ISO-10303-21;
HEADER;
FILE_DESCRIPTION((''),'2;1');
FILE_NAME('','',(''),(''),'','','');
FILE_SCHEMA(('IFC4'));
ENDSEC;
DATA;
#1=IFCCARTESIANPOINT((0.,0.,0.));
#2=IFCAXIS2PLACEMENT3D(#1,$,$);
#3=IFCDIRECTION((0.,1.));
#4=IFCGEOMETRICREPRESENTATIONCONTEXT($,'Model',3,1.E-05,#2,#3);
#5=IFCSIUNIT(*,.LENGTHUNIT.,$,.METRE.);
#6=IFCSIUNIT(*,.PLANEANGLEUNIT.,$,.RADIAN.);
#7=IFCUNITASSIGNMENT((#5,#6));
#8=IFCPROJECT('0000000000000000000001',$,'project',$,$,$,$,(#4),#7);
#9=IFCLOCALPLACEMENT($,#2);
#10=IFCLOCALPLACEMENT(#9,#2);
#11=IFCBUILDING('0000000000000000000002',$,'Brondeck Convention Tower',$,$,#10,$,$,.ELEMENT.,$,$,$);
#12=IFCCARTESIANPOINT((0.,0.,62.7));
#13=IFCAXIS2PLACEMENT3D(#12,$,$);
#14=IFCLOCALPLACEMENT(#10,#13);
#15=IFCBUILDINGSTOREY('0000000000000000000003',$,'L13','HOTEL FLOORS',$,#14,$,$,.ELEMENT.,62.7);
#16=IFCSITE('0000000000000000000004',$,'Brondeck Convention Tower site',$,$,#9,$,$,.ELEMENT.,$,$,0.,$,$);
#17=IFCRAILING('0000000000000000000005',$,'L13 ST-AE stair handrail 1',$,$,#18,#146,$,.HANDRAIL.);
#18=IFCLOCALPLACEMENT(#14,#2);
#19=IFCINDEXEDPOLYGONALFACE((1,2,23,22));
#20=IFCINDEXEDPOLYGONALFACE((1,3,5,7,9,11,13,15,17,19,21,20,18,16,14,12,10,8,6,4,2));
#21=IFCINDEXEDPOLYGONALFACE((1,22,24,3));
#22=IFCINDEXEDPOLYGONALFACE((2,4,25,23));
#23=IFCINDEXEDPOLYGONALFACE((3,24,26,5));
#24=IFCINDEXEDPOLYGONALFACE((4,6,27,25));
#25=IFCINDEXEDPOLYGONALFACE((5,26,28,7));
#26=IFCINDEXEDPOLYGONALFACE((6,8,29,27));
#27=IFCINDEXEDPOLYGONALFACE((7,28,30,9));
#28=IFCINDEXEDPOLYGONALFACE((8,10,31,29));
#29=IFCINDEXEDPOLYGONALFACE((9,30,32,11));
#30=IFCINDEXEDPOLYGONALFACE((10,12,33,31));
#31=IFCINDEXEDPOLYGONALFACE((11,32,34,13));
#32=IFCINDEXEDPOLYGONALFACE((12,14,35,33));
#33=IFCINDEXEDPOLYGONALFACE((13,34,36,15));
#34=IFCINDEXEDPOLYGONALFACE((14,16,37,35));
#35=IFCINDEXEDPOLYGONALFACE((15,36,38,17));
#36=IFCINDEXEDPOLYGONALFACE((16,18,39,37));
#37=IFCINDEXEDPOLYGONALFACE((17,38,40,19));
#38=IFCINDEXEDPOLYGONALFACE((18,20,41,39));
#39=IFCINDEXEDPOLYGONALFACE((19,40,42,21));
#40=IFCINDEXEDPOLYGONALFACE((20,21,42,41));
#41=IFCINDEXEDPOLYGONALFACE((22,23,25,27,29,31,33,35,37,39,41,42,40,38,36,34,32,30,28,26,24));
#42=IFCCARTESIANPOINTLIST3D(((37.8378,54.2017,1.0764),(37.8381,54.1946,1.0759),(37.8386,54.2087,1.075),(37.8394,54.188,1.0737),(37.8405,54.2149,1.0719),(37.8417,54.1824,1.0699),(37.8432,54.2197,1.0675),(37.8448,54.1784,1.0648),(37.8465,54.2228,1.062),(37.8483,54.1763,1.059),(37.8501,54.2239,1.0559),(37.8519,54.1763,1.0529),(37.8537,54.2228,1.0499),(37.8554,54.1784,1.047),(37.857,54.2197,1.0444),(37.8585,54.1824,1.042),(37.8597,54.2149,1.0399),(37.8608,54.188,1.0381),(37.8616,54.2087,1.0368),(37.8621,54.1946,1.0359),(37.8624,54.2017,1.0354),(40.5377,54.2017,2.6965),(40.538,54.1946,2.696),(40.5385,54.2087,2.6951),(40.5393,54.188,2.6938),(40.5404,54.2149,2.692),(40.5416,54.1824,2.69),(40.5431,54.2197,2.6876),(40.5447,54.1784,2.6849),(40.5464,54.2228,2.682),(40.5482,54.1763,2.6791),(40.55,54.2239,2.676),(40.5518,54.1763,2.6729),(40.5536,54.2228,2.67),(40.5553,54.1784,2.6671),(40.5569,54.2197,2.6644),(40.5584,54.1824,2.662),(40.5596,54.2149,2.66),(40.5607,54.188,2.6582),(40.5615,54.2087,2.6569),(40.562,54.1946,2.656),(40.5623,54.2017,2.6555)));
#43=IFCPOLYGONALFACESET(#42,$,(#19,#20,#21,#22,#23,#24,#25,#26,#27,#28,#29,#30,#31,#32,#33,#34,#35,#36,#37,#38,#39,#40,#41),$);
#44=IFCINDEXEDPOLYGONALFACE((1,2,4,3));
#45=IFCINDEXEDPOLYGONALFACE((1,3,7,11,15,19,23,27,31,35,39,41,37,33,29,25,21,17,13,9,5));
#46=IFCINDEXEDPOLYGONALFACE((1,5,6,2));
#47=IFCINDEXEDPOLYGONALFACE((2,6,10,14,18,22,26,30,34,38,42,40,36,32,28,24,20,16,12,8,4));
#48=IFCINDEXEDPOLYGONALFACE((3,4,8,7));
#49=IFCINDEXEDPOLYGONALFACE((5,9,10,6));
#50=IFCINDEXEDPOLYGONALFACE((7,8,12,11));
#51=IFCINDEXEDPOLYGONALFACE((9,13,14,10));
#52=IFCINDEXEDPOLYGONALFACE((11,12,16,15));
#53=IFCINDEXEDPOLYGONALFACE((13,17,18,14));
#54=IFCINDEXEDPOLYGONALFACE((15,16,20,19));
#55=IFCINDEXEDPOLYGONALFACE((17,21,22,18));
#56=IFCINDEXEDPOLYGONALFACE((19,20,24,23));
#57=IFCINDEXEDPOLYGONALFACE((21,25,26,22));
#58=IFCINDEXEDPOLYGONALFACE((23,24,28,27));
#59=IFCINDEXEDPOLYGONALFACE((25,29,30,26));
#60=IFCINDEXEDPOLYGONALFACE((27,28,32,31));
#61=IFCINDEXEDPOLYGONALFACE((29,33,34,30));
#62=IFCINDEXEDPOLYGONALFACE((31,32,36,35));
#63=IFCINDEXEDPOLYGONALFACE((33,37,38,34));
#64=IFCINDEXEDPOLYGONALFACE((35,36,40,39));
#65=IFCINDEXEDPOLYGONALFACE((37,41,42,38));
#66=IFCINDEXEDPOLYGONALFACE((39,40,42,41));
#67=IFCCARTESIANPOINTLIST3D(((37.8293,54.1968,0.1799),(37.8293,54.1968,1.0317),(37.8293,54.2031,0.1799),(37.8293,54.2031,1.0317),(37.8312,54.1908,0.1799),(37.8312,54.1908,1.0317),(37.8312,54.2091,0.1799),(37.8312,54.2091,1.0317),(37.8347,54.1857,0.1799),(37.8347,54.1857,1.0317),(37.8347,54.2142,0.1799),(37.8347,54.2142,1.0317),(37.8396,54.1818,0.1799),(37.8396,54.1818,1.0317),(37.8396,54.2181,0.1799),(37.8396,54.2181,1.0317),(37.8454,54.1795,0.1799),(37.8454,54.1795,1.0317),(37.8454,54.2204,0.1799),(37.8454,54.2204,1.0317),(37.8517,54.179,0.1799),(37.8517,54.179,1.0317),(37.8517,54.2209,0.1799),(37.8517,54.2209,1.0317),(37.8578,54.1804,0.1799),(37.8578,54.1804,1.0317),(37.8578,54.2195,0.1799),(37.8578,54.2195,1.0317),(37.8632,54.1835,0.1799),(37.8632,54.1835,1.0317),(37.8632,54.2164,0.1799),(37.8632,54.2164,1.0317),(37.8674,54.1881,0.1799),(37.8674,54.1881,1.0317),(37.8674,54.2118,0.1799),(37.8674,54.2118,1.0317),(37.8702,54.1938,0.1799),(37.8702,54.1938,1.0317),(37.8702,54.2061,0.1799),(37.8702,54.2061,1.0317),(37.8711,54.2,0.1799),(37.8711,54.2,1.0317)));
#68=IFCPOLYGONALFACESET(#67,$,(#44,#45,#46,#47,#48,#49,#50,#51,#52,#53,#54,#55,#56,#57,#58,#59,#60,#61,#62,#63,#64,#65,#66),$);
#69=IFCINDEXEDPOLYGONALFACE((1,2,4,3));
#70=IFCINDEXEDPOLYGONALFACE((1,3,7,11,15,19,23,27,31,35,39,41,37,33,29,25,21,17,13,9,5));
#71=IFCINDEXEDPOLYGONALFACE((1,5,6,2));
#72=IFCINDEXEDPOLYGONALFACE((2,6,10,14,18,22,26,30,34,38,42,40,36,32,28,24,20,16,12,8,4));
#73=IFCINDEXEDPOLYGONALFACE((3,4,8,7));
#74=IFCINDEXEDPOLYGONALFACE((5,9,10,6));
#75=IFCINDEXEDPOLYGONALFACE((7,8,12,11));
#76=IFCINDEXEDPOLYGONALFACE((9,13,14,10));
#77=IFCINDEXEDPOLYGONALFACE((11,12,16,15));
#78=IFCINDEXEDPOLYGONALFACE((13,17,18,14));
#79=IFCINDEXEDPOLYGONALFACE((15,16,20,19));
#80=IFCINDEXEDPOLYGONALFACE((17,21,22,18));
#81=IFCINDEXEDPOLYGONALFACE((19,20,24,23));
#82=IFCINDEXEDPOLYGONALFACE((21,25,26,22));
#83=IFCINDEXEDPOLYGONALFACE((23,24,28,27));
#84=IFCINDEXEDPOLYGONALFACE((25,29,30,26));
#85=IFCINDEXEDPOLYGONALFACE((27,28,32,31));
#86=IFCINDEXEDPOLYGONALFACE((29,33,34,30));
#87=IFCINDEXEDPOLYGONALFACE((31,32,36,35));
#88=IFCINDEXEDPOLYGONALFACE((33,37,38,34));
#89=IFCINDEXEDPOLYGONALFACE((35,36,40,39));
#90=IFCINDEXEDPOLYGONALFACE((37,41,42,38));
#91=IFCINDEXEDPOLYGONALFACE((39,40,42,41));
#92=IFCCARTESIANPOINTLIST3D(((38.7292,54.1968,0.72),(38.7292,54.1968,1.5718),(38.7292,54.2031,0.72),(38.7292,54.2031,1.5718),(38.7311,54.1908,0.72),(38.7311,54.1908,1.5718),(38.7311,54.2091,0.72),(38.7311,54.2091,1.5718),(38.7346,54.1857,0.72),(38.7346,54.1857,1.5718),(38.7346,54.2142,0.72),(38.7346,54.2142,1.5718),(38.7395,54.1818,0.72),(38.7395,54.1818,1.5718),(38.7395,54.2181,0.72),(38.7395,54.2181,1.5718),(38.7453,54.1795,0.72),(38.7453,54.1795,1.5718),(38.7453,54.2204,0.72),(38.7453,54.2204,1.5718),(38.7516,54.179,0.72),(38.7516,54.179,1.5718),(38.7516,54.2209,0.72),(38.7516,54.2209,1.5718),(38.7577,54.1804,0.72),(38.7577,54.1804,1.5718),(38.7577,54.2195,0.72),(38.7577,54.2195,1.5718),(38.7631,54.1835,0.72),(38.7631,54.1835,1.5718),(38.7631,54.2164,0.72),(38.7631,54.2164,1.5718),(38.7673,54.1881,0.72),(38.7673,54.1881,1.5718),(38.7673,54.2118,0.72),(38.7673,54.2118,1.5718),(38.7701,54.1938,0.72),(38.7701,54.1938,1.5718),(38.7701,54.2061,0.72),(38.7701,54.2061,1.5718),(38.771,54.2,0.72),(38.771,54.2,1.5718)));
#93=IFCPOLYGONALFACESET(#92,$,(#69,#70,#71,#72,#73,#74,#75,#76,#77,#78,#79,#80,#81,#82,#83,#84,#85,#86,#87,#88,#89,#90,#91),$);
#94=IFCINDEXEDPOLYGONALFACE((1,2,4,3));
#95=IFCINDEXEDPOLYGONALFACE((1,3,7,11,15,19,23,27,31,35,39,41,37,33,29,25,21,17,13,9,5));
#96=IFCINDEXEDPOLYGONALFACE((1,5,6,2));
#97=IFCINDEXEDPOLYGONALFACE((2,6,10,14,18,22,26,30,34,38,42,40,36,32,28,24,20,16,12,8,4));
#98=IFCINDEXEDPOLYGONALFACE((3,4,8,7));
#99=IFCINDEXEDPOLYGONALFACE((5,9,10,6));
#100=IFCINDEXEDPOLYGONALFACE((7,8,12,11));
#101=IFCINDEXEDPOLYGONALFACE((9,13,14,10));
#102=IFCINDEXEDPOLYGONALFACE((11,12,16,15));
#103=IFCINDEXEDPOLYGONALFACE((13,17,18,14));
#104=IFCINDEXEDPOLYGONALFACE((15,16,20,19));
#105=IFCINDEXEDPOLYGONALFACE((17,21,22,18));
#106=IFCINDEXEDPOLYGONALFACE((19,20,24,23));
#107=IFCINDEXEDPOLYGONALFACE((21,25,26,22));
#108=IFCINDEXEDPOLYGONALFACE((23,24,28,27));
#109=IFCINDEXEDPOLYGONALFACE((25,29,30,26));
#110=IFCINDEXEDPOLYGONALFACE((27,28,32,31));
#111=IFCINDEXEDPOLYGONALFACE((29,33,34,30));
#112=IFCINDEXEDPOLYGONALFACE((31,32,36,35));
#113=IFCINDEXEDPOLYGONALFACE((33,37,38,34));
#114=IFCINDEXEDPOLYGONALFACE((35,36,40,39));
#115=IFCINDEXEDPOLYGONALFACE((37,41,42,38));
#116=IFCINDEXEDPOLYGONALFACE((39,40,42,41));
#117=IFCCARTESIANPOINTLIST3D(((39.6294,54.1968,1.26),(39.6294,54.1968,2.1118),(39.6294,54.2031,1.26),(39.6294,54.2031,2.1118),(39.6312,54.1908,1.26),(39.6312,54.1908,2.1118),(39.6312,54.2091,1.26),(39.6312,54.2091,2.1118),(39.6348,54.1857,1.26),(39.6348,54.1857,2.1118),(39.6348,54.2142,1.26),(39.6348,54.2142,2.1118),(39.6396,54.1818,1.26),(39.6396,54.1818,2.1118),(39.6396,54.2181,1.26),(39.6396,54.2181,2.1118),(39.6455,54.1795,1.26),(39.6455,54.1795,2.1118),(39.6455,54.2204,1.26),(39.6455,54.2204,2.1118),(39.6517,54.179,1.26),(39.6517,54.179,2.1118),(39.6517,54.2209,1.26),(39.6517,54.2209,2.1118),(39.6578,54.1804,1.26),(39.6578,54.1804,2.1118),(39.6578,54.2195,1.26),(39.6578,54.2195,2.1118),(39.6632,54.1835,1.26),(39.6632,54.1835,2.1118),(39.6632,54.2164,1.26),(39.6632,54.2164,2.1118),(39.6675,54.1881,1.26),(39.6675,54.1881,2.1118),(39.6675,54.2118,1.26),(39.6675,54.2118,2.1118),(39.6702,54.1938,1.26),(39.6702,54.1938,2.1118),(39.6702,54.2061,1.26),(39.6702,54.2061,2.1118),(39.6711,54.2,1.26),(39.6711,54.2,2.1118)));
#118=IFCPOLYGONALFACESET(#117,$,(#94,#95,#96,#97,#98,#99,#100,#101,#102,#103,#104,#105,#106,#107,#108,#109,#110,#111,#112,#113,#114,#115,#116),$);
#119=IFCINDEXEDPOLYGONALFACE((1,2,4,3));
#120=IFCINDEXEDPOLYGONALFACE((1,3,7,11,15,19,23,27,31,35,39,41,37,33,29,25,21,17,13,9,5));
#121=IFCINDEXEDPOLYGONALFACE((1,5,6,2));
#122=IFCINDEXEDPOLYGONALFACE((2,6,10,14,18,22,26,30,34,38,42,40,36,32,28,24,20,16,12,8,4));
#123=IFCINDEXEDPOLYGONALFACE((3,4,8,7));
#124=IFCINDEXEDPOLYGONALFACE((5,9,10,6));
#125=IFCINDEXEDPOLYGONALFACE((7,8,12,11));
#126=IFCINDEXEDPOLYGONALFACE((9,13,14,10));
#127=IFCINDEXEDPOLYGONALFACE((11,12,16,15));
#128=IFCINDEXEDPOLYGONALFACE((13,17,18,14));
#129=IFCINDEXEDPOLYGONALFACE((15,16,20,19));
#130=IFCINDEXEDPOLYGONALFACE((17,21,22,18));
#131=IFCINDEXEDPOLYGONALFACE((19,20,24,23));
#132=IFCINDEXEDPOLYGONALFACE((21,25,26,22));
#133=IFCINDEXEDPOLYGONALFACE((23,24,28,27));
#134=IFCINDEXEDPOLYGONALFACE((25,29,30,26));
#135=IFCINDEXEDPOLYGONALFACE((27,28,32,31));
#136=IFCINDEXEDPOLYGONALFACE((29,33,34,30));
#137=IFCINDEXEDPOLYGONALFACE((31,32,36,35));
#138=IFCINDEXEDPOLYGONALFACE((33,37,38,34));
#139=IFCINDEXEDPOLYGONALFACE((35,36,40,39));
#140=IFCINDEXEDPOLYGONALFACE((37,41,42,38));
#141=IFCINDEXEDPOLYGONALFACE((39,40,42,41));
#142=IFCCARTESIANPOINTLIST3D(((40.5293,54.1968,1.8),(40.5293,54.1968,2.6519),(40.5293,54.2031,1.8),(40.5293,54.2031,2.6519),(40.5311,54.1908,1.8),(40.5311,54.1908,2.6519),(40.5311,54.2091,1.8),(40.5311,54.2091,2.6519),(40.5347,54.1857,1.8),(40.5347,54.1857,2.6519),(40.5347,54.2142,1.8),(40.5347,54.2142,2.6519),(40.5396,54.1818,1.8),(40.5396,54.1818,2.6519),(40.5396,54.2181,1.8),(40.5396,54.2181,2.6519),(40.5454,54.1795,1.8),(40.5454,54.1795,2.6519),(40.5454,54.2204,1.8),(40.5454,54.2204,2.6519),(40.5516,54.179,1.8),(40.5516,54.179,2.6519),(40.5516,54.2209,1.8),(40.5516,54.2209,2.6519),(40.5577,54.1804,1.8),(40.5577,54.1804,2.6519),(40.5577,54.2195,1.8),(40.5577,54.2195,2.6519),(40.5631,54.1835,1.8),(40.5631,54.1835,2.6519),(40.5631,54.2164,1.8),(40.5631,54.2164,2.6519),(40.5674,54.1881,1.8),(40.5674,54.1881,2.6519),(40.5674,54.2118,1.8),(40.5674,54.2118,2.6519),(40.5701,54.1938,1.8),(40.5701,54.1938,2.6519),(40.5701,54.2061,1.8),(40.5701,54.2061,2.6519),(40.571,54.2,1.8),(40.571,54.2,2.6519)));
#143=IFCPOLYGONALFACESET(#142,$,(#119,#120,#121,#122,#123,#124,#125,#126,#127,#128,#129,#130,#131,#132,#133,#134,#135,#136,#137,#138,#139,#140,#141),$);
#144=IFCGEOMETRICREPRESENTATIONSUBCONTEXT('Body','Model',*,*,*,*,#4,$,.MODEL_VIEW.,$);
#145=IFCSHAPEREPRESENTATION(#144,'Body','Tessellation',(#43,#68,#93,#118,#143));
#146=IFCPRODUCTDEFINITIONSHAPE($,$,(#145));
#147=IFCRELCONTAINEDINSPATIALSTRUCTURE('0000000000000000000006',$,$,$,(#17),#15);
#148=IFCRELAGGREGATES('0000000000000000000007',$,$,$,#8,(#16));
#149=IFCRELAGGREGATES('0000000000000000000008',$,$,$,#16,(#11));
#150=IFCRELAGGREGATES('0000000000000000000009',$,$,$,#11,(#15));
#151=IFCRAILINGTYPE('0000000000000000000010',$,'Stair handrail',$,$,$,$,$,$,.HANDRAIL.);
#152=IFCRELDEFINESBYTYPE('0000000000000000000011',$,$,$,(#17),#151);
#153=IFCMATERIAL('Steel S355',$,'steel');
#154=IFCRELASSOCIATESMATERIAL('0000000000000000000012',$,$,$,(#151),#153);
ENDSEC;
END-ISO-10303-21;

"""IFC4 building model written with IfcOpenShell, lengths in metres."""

from ifc_helpers import new_model, si_unit, direction, frame, origin, origin_2d, place, context, subcontext, project, spatial, circle, extrude, material, type_object, element, save


model = new_model("IFC4")

# Units and contexts
model_context = context("Model", 3, precision=1e-05, world=origin(), true_north=direction((0.0, 1.0)))
body_context = subcontext(model_context, "Body", "Model", "MODEL_VIEW")
ifc_project = project(units=[si_unit("LENGTHUNIT", "METRE"), si_unit("PLANEANGLEUNIT", "RADIAN")], contexts=[model_context])

# Site, building, storey
site_placement = place(None, origin())
site = spatial("IfcSite", under=ifc_project, at=site_placement, Name="Brondeck Convention Tower site", CompositionType="ELEMENT", RefElevation=0.0)
building_placement = place(site_placement, origin())
building = spatial("IfcBuilding", under=site, at=building_placement, Name="Brondeck Convention Tower", CompositionType="ELEMENT")
storey_placement = place(building_placement, frame((0.0, 0.0, 62.7)))
storey = spatial("IfcBuildingStorey", under=building, at=storey_placement, Name="L13", Description="HOTEL FLOORS", CompositionType="ELEMENT", Elevation=62.7)

# Railing
ifc_material_1 = material(Name="Steel S355", Category="steel")
railing_type_1 = type_object("IfcRailingType", Name="Stair handrail", PredefinedType="HANDRAIL", material=ifc_material_1)
railing_1_placement = place(storey_placement, frame((37.8501, 54.2, 0.1799)))
element("IfcRailing", 1, at=railing_1_placement, inside=storey, type_object=railing_type_1, Name="L13 ST-AE stair handrail 1", PredefinedType="HANDRAIL", context=body_context, shape_type="SweptSolid", body=[
    extrude(circle(Radius=0.0239, at=origin_2d()), frame((0.0, 0.0, 0.876), z_axis=(0.857472, 0.0, 0.51453), x_axis=(0.0, 1.0, 0.0)), (0.0, 0.0, 1.0), 3.1487),
    extrude(circle(Radius=0.021, at=origin_2d()), origin(), (0.0, 0.0, 1.0), 0.8518),
    extrude(circle(Radius=0.021, at=origin_2d()), frame((0.8999, 0.0, 0.54)), (0.0, 0.0, 1.0), 0.8518),
    extrude(circle(Radius=0.021, at=origin_2d()), frame((1.8, 0.0, 1.0801)), (0.0, 0.0, 1.0), 0.8518),
    extrude(circle(Radius=0.021, at=origin_2d()), frame((2.7, 0.0, 1.6201)), (0.0, 0.0, 1.0), 0.8518),
])

save(model, "model.ifc")
